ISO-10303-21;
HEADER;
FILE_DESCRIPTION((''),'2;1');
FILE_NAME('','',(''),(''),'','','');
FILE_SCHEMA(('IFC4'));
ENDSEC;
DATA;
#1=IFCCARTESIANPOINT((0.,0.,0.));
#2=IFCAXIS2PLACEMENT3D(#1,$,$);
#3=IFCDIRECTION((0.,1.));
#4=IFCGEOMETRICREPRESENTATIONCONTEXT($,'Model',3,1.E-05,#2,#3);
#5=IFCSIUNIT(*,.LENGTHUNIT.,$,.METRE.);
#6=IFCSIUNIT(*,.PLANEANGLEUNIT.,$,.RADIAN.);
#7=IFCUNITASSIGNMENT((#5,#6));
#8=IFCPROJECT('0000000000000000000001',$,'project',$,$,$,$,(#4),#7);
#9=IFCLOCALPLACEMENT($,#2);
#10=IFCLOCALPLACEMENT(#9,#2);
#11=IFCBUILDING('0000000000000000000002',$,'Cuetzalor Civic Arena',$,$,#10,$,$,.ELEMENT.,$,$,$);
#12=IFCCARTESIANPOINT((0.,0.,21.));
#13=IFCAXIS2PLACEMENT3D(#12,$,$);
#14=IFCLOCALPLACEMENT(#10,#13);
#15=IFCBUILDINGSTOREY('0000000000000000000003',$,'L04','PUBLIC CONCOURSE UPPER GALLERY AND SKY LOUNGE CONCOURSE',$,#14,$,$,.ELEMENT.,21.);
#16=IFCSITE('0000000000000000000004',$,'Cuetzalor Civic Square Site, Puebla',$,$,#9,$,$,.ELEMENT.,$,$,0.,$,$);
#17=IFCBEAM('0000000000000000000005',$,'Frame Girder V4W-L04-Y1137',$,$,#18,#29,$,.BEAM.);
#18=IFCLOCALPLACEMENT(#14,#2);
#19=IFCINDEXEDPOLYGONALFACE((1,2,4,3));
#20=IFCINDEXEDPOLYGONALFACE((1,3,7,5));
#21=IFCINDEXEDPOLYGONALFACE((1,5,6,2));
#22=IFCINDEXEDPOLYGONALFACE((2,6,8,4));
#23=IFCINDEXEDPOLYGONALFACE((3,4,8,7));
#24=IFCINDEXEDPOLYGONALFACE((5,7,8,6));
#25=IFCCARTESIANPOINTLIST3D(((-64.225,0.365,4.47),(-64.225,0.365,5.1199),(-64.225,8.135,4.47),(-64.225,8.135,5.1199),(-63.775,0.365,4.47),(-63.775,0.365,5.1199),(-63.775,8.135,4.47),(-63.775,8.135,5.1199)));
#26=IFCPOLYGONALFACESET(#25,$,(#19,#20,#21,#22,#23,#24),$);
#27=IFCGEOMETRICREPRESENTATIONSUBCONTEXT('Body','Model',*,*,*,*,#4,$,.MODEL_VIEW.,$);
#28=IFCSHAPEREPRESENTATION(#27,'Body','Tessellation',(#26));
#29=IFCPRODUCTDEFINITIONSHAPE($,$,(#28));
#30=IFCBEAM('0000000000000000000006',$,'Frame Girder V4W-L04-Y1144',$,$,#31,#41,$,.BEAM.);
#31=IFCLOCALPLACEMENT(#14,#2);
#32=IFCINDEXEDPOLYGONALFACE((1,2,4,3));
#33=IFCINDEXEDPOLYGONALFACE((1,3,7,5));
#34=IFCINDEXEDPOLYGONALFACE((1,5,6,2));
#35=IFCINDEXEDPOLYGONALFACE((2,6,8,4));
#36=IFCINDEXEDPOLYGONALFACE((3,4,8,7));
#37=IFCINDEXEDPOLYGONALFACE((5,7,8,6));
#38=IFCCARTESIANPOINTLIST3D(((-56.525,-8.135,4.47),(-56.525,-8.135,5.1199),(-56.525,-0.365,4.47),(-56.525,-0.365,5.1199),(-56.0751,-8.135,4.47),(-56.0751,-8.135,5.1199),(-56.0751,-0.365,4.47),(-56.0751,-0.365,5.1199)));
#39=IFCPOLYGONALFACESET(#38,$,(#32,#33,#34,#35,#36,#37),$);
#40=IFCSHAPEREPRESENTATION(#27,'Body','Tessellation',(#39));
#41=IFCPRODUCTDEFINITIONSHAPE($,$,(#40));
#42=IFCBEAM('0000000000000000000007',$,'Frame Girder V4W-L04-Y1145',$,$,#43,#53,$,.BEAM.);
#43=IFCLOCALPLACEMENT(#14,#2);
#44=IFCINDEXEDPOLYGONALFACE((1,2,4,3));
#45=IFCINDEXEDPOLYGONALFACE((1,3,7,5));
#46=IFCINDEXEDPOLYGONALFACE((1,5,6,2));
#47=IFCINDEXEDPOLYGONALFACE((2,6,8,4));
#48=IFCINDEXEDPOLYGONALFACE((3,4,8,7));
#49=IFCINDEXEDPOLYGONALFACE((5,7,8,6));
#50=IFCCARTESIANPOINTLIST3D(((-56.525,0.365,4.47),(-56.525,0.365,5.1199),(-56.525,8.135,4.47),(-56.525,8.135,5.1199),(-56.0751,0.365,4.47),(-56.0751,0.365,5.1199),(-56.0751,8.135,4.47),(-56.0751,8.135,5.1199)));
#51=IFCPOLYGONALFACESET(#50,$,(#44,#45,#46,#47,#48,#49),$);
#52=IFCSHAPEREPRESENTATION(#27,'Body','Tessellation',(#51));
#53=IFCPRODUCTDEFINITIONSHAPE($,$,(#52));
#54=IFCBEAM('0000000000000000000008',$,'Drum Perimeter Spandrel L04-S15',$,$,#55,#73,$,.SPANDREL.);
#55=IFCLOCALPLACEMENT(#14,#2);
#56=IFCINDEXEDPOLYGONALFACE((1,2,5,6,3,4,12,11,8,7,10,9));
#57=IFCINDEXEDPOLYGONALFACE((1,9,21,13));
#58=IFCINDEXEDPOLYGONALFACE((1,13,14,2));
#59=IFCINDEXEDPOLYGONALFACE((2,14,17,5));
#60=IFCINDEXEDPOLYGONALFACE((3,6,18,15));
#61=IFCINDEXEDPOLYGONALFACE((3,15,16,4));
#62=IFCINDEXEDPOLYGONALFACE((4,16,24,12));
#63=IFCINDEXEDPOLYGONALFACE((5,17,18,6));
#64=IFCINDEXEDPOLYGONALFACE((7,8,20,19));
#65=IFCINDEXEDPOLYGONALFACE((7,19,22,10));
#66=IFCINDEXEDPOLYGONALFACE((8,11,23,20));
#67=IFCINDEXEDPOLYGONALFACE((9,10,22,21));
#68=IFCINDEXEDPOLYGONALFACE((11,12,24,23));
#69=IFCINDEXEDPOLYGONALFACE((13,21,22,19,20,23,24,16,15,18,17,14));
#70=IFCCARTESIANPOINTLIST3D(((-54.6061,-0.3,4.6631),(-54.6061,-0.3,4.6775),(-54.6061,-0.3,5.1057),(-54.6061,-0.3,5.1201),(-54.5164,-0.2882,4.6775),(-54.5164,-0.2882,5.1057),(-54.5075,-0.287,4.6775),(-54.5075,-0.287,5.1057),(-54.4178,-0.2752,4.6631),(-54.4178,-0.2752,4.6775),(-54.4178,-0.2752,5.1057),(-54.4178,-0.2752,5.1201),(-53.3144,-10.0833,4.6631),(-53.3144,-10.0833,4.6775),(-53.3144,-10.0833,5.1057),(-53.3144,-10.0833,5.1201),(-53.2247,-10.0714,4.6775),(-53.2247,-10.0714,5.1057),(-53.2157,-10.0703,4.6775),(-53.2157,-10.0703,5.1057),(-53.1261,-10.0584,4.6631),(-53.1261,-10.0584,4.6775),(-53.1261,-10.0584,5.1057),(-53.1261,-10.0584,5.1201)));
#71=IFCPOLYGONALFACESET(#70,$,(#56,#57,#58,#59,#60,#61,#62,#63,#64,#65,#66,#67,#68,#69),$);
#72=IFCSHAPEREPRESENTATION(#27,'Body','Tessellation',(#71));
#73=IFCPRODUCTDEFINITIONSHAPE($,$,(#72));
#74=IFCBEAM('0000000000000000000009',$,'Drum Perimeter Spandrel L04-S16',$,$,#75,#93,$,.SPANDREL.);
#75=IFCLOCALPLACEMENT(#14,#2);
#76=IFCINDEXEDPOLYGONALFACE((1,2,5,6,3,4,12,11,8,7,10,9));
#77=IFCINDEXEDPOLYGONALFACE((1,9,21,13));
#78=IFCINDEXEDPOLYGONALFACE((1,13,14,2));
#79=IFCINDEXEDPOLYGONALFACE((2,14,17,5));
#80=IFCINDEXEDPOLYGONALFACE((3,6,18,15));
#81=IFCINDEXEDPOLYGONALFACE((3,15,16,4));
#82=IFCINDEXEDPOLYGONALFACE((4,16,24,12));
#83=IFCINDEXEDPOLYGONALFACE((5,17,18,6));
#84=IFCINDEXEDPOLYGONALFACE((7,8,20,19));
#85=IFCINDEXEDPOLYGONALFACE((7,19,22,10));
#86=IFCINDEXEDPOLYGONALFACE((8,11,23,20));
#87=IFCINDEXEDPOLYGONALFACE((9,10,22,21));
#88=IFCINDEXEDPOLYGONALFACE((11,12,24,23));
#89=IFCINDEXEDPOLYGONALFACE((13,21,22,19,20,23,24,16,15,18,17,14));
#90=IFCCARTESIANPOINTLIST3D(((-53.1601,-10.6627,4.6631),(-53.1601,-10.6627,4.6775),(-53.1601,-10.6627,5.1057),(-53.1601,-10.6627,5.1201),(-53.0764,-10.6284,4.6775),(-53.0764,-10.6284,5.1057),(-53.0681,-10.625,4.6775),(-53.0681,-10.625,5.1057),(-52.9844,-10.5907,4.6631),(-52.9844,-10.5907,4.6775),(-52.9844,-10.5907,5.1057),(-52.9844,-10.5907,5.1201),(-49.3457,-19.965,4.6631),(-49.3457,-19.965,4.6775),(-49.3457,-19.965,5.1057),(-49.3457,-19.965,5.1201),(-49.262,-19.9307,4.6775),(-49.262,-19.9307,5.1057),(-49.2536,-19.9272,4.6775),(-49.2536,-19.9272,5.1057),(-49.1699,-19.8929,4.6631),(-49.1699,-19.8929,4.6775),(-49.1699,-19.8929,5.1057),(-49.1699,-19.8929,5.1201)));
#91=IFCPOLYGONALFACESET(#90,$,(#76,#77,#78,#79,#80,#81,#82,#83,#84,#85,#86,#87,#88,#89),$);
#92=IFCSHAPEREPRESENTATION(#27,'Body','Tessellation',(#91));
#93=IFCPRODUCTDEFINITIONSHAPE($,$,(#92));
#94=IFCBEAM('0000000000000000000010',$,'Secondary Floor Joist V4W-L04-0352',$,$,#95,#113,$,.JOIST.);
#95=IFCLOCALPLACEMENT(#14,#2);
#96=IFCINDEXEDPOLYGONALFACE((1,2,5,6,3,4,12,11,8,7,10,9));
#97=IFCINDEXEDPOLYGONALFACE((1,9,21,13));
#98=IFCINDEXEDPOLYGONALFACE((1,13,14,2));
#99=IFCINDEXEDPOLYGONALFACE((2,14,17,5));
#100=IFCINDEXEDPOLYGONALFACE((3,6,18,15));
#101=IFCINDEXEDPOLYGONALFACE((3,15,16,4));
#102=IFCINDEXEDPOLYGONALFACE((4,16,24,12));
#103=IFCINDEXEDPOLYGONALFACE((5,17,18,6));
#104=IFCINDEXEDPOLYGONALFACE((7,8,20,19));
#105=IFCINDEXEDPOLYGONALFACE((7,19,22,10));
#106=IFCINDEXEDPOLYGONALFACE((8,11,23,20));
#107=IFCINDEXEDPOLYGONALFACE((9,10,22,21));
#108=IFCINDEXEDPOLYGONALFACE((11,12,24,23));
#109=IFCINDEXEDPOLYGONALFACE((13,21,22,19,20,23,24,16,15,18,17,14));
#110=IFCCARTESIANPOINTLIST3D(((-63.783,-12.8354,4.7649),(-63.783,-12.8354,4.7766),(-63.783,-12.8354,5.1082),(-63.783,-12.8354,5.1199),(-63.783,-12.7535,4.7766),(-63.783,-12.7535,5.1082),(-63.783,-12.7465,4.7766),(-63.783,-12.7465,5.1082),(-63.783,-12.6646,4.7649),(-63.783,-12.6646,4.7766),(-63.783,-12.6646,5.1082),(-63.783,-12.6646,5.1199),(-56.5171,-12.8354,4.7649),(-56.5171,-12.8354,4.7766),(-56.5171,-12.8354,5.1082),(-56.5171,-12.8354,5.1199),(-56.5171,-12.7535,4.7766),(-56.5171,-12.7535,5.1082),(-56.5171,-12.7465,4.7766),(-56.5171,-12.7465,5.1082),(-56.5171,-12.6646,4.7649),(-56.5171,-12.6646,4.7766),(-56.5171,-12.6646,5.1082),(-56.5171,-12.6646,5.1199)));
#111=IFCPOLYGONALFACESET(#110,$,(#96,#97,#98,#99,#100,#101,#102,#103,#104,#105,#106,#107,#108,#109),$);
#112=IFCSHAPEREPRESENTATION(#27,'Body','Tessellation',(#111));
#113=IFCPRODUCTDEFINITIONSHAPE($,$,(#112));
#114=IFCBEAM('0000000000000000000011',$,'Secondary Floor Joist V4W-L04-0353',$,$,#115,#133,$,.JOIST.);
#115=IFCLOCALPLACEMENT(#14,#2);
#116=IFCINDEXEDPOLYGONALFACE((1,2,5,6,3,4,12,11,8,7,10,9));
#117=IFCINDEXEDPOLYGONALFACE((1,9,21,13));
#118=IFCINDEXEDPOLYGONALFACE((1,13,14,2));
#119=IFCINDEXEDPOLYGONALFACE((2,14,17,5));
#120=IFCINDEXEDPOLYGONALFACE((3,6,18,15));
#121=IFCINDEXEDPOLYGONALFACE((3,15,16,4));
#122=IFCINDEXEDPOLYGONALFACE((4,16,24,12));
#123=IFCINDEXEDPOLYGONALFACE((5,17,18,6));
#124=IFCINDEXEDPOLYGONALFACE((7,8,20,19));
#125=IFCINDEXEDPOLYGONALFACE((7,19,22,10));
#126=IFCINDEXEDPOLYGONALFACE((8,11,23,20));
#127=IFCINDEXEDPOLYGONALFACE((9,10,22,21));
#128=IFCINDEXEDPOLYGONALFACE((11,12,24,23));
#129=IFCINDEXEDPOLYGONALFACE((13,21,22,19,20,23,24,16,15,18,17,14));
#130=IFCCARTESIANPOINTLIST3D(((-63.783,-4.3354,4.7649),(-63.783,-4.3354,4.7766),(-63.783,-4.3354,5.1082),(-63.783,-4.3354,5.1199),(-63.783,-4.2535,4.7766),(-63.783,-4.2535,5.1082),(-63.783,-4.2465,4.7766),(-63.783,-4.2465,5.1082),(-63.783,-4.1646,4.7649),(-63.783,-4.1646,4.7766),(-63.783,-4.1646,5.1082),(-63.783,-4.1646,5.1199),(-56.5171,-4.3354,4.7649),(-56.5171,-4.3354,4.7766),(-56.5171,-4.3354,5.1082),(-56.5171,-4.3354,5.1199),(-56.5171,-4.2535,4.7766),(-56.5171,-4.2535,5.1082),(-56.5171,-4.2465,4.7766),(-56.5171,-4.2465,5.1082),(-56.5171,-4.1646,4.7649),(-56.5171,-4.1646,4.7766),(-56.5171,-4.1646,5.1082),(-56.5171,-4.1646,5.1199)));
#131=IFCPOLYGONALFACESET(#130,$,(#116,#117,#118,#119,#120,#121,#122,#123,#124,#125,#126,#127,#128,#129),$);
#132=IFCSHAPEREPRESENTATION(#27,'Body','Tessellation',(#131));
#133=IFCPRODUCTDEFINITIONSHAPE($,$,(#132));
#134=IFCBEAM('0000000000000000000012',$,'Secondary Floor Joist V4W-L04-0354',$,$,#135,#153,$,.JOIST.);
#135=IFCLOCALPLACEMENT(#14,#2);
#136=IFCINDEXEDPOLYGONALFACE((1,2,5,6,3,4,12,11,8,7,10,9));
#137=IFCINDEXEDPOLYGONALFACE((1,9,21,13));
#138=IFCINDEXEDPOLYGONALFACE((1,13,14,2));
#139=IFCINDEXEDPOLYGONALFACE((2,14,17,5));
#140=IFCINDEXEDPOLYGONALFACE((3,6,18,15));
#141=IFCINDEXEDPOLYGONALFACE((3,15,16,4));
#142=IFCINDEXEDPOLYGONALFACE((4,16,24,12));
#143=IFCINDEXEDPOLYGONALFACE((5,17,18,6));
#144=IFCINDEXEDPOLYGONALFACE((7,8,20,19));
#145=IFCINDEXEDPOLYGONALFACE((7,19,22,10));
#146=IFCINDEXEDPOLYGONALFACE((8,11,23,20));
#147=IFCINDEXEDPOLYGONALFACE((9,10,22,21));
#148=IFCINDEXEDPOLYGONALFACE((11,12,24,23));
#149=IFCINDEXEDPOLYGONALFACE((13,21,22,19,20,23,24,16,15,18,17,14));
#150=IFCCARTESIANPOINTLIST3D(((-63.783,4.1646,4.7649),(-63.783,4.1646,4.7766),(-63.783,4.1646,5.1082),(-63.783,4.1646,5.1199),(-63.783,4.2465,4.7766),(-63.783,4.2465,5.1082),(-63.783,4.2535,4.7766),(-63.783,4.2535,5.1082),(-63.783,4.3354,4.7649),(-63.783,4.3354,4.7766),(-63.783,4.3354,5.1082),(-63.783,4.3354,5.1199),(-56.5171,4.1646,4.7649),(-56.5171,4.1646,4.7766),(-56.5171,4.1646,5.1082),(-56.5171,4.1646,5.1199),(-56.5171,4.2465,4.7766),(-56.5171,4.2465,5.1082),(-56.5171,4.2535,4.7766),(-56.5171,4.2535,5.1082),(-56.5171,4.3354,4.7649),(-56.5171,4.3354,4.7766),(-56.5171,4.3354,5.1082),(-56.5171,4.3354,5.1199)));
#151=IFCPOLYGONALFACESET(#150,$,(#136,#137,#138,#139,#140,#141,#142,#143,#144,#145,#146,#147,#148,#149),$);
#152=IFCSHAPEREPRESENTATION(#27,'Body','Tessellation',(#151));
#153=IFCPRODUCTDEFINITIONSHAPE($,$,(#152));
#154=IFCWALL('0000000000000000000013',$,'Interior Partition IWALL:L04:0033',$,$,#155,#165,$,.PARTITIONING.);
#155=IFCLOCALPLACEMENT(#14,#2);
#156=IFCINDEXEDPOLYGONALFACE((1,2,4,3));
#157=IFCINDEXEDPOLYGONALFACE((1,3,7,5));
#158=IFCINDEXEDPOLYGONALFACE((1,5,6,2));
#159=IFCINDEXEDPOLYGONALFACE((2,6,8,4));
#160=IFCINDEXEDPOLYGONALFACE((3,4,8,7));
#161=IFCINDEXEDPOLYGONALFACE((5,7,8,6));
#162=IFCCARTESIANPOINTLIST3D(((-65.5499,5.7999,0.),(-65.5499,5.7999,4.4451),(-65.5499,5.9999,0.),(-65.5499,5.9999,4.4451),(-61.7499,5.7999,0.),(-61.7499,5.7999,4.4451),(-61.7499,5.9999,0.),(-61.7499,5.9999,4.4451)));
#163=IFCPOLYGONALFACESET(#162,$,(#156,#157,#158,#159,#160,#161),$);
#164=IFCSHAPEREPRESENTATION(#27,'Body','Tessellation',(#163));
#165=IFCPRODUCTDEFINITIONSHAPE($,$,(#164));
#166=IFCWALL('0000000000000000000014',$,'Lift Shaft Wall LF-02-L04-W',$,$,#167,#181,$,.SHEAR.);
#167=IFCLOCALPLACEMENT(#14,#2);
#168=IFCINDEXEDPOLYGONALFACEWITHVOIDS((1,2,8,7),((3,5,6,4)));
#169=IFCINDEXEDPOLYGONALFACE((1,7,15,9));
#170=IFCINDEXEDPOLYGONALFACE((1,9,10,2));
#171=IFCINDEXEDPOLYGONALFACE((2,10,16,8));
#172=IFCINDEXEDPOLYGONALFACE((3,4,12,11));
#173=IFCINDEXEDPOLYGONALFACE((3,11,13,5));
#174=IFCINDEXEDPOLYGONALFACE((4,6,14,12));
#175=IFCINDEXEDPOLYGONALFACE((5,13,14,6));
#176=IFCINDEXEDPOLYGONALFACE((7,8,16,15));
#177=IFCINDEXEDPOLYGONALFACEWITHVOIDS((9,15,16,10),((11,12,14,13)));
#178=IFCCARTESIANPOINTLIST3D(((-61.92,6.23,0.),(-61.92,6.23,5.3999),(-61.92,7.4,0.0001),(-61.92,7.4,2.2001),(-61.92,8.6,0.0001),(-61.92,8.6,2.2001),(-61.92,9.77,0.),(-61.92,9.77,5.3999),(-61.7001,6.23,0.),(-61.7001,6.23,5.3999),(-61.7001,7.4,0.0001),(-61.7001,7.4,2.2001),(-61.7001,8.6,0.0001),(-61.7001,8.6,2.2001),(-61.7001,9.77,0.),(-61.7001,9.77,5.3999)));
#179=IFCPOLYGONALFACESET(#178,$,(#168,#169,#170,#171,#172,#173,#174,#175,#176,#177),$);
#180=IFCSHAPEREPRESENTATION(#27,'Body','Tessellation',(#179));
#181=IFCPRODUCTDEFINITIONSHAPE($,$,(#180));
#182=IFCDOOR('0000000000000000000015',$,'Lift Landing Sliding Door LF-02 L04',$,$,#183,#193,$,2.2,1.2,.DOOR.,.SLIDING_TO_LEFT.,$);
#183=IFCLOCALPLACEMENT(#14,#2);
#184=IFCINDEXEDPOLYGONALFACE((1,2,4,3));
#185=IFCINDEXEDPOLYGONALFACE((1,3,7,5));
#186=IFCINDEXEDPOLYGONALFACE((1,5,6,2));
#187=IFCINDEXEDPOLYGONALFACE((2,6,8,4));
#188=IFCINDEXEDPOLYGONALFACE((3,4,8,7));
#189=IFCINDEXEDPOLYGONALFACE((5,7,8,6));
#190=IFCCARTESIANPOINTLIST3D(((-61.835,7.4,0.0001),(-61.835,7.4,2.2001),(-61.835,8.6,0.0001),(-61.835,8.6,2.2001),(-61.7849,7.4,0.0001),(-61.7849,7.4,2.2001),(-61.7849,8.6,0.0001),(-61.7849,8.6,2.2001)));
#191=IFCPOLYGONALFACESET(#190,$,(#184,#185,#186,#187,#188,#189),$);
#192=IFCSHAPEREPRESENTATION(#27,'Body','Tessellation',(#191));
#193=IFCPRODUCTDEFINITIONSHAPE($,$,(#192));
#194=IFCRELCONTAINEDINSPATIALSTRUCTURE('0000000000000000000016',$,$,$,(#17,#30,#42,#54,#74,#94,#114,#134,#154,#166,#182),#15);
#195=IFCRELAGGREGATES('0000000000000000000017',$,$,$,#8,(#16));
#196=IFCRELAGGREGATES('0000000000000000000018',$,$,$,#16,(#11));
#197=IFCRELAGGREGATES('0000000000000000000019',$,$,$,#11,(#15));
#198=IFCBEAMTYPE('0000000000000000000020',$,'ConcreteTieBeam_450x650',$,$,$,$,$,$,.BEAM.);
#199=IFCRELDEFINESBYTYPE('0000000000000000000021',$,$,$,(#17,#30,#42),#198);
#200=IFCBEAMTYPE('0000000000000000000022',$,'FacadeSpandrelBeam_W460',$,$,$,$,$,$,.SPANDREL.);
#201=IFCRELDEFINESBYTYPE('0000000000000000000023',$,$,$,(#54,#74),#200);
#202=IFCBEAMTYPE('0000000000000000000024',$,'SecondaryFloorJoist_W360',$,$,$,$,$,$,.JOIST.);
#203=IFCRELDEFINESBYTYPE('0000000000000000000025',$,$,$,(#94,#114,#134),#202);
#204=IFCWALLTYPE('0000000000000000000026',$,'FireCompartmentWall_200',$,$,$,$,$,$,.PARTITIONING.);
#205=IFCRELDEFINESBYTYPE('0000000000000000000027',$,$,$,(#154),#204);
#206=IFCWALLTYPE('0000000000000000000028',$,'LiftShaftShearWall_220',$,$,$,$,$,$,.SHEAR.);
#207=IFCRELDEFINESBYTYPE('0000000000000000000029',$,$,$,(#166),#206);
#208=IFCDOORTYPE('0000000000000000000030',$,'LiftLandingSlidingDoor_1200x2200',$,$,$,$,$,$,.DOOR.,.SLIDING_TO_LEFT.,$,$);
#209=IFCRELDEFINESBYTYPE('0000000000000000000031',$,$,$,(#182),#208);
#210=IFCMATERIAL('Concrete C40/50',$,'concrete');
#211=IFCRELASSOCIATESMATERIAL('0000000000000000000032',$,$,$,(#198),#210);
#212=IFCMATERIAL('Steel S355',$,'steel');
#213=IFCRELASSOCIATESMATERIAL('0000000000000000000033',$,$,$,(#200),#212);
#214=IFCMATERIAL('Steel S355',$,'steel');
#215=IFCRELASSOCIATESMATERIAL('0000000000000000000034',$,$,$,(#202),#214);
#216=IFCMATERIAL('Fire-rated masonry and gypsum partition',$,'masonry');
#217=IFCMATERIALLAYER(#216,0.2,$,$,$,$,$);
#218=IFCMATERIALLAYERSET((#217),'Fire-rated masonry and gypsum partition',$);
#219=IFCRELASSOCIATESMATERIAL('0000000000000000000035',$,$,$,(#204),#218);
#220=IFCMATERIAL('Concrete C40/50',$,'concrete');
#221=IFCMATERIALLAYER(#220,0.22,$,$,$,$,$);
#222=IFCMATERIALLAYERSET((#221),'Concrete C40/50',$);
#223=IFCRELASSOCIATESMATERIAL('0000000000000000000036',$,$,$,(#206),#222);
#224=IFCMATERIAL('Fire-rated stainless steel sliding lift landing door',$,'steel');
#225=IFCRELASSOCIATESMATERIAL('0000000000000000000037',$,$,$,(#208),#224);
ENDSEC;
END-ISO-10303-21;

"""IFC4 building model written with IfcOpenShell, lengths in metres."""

from ifc_helpers import new_model, si_unit, direction, frame, frame_2d, origin, origin_2d, place, context, subcontext, project, spatial, rectangle, i_section, extrude, material, layer, layer_set, material_profile, profile_set, type_object, element, fill, save


model = new_model("IFC4")

# Units and contexts
model_context = context("Model", 3, precision=1e-05, world=origin(), true_north=direction((0.0, 1.0)))
body_context = subcontext(model_context, "Body", "Model", "MODEL_VIEW")
ifc_project = project(units=[si_unit("LENGTHUNIT", "METRE"), si_unit("PLANEANGLEUNIT", "RADIAN")], contexts=[model_context])

# Site, building, storey
site_placement = place(None, origin())
site = spatial("IfcSite", under=ifc_project, at=site_placement, Name="Cuetzalor Civic Square Site, Puebla", CompositionType="ELEMENT", RefElevation=0.0)
building_placement = place(site_placement, origin())
building = spatial("IfcBuilding", under=site, at=building_placement, Name="Cuetzalor Civic Arena", CompositionType="ELEMENT")
storey_placement = place(building_placement, frame((0.0, 0.0, 21.0)))
storey = spatial("IfcBuildingStorey", under=building, at=storey_placement, Name="L04", Description="PUBLIC CONCOURSE UPPER GALLERY AND SKY LOUNGE CONCOURSE", CompositionType="ELEMENT", Elevation=21.0)

# Beams
ifc_material_1 = material(Name="Concrete C40/50", Category="concrete")
ifc_material_profile_1 = material_profile(ifc_material_1, rectangle(XDim=0.45, YDim=0.6499, at=origin_2d()), Name="RC 450x650")
ifc_profile_set_1 = profile_set([ifc_material_profile_1], Name="Concrete C40/50")
beam_type_1 = type_object("IfcBeamType", Name="ConcreteTieBeam_450x650", PredefinedType="BEAM", material=ifc_profile_set_1)
for number, where, z_axis, x_axis, name in (
    (1, (-64.0, 0.365, 4.7949), (0.0, 1.0, 0.0), (-1.0, 0.0, 0.0), "Frame Girder V4W-L04-Y1137"),
    (2, (-56.3, -8.135, 4.7949), (0.0, 1.0, 0.0), (-1.0, 0.0, 0.0), "Frame Girder V4W-L04-Y1144"),
    (3, (-56.3, 0.365, 4.7949), (0.0, 1.0, 0.0), (-1.0, 0.0, 0.0), "Frame Girder V4W-L04-Y1145"),
):
    element("IfcBeam", number, at=place(storey_placement, frame(where, z_axis=z_axis, x_axis=x_axis)), inside=storey, type_object=beam_type_1, Name=name, PredefinedType="BEAM", context=body_context, shape_type="SweptSolid", body=[
        extrude(rectangle(XDim=0.45, YDim=0.6499, at=origin_2d()), origin(), (0.0, 0.0, 1.0), 7.77),
    ])
ifc_material_2 = material(Name="Steel S355", Category="steel")
ifc_material_profile_2 = material_profile(ifc_material_2, i_section(OverallWidth=0.1899, OverallDepth=0.457, WebThickness=0.009, FlangeThickness=0.0144, at=origin_2d()), Name="W460x74")
ifc_profile_set_2 = profile_set([ifc_material_profile_2], Name="Steel S355")
beam_type_2 = type_object("IfcBeamType", Name="FacadeSpandrelBeam_W460", PredefinedType="SPANDREL", material=ifc_profile_set_2)
beam_1_placement = place(storey_placement, frame((-54.512, -0.2876, 4.8916), z_axis=(0.130901, -0.991395, 0.0), x_axis=(0.991395, 0.130901, 0.0)))
element("IfcBeam", 4, at=beam_1_placement, inside=storey, type_object=beam_type_2, Name="Drum Perimeter Spandrel L04-S15", PredefinedType="SPANDREL", context=body_context, shape_type="SweptSolid", body=[
    extrude(i_section(OverallWidth=0.1899, OverallDepth=0.457, WebThickness=0.009, FlangeThickness=0.0144, at=origin_2d()), origin(), (0.0, 0.0, 1.0), 9.8682),
])
beam_2_placement = place(storey_placement, frame((-53.0723, -10.6267, 4.8916), z_axis=(0.379399, -0.925233, 0.0), x_axis=(0.925233, 0.379399, 0.0)))
element("IfcBeam", 5, at=beam_2_placement, inside=storey, type_object=beam_type_2, Name="Drum Perimeter Spandrel L04-S16", PredefinedType="SPANDREL", context=body_context, shape_type="SweptSolid", body=[
    extrude(i_section(OverallWidth=0.1899, OverallDepth=0.457, WebThickness=0.009, FlangeThickness=0.0144, at=origin_2d()), origin(), (0.0, 0.0, 1.0), 10.054),
])
ifc_material_3 = material(Name="Steel S355", Category="steel")
ifc_material_profile_3 = material_profile(ifc_material_3, i_section(OverallWidth=0.1709, OverallDepth=0.355, WebThickness=0.0071, FlangeThickness=0.0117, at=origin_2d()), Name="W360x51")
ifc_profile_set_3 = profile_set([ifc_material_profile_3], Name="Steel S355")
beam_type_3 = type_object("IfcBeamType", Name="SecondaryFloorJoist_W360", PredefinedType="JOIST", material=ifc_profile_set_3)
for number, where, z_axis, x_axis, name in (
    (6, (-63.783, -12.75, 4.9424), (1.0, 0.0, 0.0), (0.0, 1.0, 0.0), "Secondary Floor Joist V4W-L04-0352"),
    (7, (-63.783, -4.25, 4.9424), (1.0, 0.0, 0.0), (0.0, 1.0, 0.0), "Secondary Floor Joist V4W-L04-0353"),
    (8, (-63.783, 4.25, 4.9424), (1.0, 0.0, 0.0), (0.0, 1.0, 0.0), "Secondary Floor Joist V4W-L04-0354"),
):
    element("IfcBeam", number, at=place(storey_placement, frame(where, z_axis=z_axis, x_axis=x_axis)), inside=storey, type_object=beam_type_3, Name=name, PredefinedType="JOIST", context=body_context, shape_type="SweptSolid", body=[
        extrude(i_section(OverallWidth=0.1709, OverallDepth=0.355, WebThickness=0.0071, FlangeThickness=0.0117, at=origin_2d()), origin(), (0.0, 0.0, 1.0), 7.2659),
    ])

# Wall
ifc_material_4 = material(Name="Fire-rated masonry and gypsum partition", Category="masonry")
ifc_layer_1 = layer(ifc_material_4, 0.2)
ifc_layer_set_1 = layer_set([ifc_layer_1], Name="Fire-rated masonry and gypsum partition")
wall_type_1 = type_object("IfcWallType", Name="FireCompartmentWall_200", PredefinedType="PARTITIONING", material=ifc_layer_set_1)
wall_1_placement = place(storey_placement, frame((-61.75, 5.8999, 0.0), z_axis=(0.0, 0.0, 1.0), x_axis=(-1.0, 0.0, 0.0)))
element("IfcWall", 9, at=wall_1_placement, inside=storey, type_object=wall_type_1, Name="Interior Partition IWALL:L04:0033", PredefinedType="PARTITIONING", context=body_context, shape_type="SweptSolid", body=[
    extrude(rectangle(XDim=3.8, YDim=0.2, at=frame_2d((1.8999, 0.0))), origin(), (0.0, 0.0, 1.0), 4.4451),
])

# Wall, opening, door
ifc_material_5 = material(Name="Concrete C40/50", Category="concrete")
ifc_layer_2 = layer(ifc_material_5, 0.22)
ifc_layer_set_2 = layer_set([ifc_layer_2], Name="Concrete C40/50")
wall_type_2 = type_object("IfcWallType", Name="LiftShaftShearWall_220", PredefinedType="SHEAR", material=ifc_layer_set_2)
wall_2_placement = place(storey_placement, frame((-61.8101, 6.23, 0.0), z_axis=(0.0, 0.0, 1.0), x_axis=(0.0, 1.0, 0.0)))
wall_2 = element("IfcWall", 10, at=wall_2_placement, inside=storey, type_object=wall_type_2, Name="Lift Shaft Wall LF-02-L04-W", PredefinedType="SHEAR", context=body_context, shape_type="SweptSolid", body=[
    extrude(rectangle(XDim=3.54, YDim=0.22, at=frame_2d((1.77, 0.0))), origin(), (0.0, 0.0, 1.0), 5.3999),
])
opening_1_placement = place(wall_2_placement, frame((1.1699, 0.0, 0.0)))
opening_1 = element("IfcOpeningElement", 11, at=opening_1_placement, cuts=wall_2, PredefinedType="OPENING", context=body_context, shape_type="SweptSolid", body=[
    extrude(rectangle(XDim=1.2, YDim=2.2, at=frame_2d((0.6001, 1.1001))), frame((0.0, 0.1201, 0.0), z_axis=(0.0, -1.0, 0.0), x_axis=(1.0, 0.0, 0.0)), (0.0, 0.0, 1.0), 0.24),
])
ifc_material_6 = material(Name="Fire-rated stainless steel sliding lift landing door", Category="steel")
door_type_1 = type_object("IfcDoorType", Name="LiftLandingSlidingDoor_1200x2200", OperationType="SLIDING_TO_LEFT", PredefinedType="DOOR", material=ifc_material_6)
door_1_placement = place(opening_1_placement, origin())
door_1 = element("IfcDoor", 12, at=door_1_placement, inside=storey, type_object=door_type_1, Name="Lift Landing Sliding Door LF-02 L04", OperationType="SLIDING_TO_LEFT", OverallHeight=2.2, OverallWidth=1.2, PredefinedType="DOOR", context=body_context, shape_type="SweptSolid", body=[
    extrude(rectangle(XDim=1.2, YDim=2.2, at=frame_2d((0.6001, 1.1001))), frame((0.0, 0.0249, 0.0), z_axis=(0.0, -1.0, 0.0), x_axis=(1.0, 0.0, 0.0)), (0.0, 0.0, 1.0), 0.05),
])
fill(opening_1, door_1)

save(model, "model.ifc")
